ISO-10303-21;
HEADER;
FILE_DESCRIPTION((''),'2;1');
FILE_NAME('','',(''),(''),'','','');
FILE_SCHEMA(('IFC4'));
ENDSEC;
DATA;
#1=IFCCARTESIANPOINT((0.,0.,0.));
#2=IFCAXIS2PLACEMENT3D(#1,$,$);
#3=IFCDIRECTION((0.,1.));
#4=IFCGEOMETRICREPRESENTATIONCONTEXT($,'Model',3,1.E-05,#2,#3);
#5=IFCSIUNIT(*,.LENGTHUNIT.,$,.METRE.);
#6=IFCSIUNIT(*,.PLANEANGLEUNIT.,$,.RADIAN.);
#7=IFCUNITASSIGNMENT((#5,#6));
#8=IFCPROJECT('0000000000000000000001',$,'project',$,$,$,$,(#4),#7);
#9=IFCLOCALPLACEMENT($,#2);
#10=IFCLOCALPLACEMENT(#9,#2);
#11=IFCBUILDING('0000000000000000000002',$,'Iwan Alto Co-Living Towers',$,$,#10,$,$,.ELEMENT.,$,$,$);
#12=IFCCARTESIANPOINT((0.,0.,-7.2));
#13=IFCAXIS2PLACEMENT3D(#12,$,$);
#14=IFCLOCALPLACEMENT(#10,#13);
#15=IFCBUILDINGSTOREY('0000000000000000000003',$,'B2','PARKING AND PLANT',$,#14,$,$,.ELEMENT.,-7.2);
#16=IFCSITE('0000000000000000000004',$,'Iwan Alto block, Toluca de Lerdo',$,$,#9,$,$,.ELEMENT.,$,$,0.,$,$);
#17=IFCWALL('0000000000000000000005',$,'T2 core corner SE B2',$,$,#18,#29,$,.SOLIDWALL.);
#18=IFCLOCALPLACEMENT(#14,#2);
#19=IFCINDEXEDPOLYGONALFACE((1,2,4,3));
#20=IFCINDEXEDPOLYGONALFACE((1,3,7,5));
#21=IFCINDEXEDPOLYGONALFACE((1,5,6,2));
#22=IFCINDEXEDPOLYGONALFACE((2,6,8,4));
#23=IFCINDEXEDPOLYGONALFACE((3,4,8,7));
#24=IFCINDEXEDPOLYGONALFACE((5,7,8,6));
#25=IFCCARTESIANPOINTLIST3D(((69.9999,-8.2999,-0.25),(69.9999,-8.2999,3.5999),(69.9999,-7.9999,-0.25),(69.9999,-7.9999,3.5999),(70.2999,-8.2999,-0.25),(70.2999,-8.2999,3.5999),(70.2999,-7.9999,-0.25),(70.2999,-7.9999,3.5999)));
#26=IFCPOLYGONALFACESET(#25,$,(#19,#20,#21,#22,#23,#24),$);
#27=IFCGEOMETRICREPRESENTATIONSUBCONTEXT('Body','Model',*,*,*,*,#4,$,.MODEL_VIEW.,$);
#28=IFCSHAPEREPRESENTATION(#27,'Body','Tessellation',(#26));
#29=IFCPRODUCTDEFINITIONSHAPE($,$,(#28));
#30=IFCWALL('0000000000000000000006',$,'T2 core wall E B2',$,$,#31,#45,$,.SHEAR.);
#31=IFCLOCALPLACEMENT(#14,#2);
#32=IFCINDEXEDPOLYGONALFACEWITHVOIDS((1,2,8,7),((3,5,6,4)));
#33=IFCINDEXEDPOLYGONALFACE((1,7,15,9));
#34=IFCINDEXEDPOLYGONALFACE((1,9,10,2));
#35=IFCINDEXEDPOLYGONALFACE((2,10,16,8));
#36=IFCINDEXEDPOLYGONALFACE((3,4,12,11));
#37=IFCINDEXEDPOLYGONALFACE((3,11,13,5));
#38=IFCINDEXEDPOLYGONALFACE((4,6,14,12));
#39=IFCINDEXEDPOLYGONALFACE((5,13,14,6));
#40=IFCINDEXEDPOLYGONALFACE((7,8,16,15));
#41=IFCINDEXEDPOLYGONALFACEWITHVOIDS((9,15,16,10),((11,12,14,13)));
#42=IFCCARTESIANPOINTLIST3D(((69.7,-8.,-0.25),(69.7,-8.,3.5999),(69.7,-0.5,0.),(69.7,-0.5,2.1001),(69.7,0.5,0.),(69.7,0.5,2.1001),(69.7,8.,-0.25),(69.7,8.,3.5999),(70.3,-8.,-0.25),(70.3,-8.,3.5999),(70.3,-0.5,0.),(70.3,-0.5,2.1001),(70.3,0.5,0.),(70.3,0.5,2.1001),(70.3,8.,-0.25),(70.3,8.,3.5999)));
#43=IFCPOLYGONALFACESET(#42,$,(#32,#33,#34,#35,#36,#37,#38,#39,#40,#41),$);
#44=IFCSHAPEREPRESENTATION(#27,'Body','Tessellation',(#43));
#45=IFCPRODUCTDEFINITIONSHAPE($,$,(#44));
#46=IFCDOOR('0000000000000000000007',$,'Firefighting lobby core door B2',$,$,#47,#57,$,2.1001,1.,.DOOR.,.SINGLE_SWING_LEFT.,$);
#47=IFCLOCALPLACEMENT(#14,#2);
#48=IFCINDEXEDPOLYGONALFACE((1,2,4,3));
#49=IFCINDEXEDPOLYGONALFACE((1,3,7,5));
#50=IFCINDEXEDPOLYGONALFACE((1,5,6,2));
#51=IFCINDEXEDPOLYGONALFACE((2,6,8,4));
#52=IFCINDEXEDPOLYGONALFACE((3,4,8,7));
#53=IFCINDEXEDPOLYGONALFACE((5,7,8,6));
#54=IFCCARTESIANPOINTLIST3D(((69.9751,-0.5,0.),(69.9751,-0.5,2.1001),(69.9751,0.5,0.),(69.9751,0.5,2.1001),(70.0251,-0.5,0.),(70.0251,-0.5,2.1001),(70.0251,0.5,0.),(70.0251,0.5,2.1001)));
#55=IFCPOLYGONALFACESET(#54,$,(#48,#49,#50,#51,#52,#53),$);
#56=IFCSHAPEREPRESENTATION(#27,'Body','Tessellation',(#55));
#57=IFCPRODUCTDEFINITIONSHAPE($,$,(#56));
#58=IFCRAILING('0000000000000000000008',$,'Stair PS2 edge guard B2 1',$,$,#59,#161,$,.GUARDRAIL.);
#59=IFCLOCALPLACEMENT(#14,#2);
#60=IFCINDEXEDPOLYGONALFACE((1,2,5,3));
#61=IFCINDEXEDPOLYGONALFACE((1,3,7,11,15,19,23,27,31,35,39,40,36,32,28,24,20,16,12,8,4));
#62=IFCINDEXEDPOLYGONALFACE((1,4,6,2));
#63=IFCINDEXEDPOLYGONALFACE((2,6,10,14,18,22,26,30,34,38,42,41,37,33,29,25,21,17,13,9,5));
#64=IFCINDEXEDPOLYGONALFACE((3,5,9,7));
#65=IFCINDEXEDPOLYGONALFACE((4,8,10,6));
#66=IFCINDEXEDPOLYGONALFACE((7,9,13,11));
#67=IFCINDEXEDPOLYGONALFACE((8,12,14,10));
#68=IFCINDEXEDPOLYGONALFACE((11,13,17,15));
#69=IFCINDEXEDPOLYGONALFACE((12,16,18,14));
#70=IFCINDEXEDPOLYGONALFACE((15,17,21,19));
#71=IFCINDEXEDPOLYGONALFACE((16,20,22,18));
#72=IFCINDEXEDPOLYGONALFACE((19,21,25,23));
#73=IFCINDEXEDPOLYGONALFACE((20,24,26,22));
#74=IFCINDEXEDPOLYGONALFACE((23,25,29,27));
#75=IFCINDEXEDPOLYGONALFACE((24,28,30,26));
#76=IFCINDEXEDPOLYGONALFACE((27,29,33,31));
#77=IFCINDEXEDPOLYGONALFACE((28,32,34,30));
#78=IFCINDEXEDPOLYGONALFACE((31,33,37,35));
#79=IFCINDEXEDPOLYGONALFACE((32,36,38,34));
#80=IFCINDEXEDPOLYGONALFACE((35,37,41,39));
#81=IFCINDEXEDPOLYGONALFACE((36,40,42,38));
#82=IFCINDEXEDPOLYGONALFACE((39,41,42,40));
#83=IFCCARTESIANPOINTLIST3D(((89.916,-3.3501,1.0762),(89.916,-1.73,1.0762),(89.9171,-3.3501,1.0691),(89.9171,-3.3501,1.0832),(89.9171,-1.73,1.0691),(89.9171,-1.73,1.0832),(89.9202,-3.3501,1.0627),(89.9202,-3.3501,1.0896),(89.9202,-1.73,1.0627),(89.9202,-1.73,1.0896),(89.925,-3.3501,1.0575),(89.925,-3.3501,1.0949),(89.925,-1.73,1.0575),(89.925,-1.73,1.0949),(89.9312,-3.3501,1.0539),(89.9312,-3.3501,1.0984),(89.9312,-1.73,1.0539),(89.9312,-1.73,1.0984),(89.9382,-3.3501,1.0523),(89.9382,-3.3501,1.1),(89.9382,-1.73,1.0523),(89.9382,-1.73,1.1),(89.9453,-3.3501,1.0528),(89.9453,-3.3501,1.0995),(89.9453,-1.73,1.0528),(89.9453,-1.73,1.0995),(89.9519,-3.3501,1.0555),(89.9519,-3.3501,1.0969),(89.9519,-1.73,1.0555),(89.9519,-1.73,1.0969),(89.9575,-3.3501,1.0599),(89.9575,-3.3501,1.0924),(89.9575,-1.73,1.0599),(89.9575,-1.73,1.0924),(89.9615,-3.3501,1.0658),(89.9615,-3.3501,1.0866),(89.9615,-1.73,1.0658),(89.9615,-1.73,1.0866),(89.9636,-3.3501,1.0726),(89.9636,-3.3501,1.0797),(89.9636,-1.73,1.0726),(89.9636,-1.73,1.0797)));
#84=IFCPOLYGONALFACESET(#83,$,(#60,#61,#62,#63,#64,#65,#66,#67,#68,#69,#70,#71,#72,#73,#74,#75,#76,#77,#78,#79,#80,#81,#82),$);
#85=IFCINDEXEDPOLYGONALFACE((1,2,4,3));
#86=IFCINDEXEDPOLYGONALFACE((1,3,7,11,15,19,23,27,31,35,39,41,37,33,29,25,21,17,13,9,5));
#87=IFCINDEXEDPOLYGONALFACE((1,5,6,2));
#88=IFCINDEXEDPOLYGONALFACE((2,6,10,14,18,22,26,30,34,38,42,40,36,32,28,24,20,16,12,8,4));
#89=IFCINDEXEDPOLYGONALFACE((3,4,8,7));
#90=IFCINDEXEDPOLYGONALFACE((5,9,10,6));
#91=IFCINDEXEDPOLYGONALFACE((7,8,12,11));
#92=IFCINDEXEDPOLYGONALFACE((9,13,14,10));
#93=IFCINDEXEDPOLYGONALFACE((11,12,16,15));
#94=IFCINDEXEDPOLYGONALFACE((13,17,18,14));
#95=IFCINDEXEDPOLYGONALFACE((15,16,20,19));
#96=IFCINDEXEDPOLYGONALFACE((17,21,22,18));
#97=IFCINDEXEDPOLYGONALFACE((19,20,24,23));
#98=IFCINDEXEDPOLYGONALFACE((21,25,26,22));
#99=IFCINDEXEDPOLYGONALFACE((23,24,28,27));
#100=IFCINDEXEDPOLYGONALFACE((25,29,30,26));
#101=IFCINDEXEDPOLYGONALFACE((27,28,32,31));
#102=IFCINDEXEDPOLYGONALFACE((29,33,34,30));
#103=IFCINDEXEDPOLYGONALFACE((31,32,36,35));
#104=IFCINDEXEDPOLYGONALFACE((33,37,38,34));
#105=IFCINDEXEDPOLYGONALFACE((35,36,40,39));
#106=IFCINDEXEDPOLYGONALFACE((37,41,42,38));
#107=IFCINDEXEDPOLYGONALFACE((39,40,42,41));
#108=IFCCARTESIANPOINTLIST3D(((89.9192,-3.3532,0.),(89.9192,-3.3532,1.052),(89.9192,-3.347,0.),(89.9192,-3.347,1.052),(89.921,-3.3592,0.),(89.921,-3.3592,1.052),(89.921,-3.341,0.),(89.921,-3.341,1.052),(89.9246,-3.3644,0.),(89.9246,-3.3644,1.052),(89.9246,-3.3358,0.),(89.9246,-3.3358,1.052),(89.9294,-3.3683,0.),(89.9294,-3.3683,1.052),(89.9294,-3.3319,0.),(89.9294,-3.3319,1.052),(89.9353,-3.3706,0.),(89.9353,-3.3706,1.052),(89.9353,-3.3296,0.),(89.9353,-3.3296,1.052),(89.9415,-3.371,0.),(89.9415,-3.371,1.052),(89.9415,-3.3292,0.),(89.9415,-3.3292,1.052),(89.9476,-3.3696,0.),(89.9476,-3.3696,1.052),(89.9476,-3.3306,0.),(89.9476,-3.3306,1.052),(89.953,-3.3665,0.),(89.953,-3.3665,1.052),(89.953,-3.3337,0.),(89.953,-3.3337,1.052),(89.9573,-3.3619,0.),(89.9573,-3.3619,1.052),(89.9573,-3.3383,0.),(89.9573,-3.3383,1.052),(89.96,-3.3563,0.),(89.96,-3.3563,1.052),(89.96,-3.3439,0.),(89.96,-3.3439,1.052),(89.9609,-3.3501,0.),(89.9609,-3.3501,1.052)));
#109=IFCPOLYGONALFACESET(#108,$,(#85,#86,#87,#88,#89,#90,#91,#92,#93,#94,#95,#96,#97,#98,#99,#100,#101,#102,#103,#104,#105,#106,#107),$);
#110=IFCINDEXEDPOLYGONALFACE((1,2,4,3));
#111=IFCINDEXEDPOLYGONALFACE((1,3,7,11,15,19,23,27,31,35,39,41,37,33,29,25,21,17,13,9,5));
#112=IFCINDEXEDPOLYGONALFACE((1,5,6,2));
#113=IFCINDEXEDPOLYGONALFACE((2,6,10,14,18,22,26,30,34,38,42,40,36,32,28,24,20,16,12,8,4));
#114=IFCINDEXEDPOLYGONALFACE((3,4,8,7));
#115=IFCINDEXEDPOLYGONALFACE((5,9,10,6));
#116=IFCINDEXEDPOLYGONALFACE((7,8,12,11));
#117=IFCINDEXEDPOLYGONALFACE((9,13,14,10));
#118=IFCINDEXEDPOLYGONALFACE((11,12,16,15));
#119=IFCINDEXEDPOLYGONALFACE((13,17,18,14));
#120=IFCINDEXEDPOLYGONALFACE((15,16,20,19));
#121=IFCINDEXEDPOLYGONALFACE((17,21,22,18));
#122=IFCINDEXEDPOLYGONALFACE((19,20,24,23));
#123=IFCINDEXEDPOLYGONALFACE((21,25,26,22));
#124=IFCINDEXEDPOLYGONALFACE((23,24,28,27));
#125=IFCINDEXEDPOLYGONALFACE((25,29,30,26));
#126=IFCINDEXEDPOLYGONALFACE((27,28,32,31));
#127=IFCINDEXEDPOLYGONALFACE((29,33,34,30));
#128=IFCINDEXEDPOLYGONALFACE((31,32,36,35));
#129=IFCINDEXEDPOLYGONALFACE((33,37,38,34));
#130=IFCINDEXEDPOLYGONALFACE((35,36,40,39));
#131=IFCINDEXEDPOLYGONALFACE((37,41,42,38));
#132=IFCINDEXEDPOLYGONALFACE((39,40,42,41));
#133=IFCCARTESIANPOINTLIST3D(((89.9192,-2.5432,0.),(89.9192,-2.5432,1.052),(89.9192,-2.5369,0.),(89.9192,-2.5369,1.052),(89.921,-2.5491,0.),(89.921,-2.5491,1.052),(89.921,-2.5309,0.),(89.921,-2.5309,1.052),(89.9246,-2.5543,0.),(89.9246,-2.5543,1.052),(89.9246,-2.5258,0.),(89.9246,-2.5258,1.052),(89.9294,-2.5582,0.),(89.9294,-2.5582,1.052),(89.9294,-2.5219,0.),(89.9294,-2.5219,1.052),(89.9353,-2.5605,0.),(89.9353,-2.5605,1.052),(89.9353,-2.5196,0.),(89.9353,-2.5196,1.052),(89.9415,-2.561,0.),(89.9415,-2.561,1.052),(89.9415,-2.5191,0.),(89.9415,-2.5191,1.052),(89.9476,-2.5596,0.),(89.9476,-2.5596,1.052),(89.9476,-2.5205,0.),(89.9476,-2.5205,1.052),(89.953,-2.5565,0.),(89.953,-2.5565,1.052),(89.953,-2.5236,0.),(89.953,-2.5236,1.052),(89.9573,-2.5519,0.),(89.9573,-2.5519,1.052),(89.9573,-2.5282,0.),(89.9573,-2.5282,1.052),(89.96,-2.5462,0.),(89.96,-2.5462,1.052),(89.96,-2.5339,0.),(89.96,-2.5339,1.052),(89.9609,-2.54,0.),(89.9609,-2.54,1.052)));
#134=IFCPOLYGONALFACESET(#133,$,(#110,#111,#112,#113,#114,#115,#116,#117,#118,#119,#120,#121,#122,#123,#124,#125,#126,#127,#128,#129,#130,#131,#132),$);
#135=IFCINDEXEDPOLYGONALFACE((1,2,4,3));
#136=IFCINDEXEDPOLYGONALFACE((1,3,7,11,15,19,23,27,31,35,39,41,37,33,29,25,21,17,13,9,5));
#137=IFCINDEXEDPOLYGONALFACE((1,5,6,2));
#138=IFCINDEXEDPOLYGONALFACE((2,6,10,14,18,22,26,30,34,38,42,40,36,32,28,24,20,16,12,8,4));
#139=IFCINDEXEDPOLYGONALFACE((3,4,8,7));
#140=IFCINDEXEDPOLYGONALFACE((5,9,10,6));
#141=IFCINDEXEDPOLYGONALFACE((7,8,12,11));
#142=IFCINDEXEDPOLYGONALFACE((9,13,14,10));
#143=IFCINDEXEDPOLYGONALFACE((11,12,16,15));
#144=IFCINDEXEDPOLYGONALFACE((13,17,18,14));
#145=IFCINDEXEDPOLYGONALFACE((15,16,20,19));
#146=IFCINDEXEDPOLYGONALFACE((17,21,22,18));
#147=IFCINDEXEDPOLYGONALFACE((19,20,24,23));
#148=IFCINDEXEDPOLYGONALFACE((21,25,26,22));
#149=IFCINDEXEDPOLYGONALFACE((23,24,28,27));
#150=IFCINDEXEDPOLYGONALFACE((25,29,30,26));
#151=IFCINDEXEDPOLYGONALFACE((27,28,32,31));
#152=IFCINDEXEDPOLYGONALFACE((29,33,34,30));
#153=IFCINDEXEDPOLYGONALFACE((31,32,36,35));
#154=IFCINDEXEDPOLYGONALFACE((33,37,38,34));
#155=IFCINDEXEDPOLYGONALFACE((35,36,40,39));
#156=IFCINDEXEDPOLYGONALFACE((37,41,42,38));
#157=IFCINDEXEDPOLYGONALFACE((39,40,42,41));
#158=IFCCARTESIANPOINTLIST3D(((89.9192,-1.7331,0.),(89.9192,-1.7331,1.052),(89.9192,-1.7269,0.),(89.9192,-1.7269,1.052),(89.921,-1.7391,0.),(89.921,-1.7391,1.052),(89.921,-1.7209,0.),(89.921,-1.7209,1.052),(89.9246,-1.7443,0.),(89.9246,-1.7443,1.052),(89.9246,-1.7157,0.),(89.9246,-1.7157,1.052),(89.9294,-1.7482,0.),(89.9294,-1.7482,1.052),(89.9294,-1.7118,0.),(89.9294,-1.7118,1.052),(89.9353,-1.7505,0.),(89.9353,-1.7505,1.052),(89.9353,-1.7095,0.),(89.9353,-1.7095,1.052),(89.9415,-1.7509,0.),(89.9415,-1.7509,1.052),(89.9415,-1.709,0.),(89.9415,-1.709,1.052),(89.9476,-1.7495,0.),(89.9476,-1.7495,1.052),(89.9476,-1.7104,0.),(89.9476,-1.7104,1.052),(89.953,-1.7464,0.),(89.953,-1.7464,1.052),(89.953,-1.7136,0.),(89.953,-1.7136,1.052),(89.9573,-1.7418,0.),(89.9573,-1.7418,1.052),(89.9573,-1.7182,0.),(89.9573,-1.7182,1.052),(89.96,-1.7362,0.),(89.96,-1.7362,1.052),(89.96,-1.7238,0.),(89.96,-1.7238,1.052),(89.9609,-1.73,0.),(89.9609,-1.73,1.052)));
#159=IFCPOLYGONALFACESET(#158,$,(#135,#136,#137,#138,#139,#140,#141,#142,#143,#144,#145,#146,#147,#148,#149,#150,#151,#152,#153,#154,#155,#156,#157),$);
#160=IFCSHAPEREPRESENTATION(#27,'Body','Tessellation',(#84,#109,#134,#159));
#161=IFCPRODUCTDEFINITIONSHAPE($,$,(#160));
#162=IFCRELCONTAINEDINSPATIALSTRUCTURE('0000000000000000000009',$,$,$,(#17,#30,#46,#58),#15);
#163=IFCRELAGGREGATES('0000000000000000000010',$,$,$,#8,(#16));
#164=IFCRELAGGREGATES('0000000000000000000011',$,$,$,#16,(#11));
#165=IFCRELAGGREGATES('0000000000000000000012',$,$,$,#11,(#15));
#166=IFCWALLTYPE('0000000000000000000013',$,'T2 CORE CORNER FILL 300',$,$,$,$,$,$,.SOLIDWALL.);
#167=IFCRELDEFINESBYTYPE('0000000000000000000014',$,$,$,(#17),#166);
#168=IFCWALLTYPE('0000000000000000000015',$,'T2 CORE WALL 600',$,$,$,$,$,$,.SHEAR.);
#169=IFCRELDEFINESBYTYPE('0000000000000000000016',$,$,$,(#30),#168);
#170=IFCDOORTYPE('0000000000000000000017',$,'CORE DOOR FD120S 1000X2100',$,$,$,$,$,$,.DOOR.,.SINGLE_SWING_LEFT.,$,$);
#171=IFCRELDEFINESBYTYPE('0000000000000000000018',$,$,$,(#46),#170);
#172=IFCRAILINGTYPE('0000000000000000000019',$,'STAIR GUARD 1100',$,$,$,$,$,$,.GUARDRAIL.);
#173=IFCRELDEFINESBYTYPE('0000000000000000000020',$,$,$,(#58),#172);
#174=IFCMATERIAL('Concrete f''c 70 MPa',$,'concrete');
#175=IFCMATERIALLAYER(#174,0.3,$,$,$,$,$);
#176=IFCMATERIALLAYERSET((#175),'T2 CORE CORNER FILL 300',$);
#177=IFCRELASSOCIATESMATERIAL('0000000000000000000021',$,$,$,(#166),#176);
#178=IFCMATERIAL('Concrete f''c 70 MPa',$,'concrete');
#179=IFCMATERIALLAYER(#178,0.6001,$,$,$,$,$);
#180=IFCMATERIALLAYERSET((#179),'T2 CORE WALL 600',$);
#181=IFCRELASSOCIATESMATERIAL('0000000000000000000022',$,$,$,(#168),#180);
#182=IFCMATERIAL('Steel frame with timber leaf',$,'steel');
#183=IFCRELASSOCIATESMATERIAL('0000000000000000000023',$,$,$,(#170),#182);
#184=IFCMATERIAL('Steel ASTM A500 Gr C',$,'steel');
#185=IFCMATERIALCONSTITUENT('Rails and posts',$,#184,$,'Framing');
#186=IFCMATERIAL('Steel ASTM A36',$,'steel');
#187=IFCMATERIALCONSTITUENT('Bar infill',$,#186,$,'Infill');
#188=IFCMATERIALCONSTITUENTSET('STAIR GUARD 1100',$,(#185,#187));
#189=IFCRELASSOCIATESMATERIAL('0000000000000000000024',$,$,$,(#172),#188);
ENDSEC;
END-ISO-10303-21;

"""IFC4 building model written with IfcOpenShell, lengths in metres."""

from ifc_helpers import new_model, si_unit, direction, frame, frame_2d, origin, origin_2d, place, context, subcontext, project, spatial, rectangle, circle, extrude, material, layer, layer_set, constituent, constituent_set, type_object, element, fill, save


model = new_model("IFC4")

# Units and contexts
model_context = context("Model", 3, precision=1e-05, world=origin(), true_north=direction((0.0, 1.0)))
body_context = subcontext(model_context, "Body", "Model", "MODEL_VIEW")
ifc_project = project(units=[si_unit("LENGTHUNIT", "METRE"), si_unit("PLANEANGLEUNIT", "RADIAN")], contexts=[model_context])

# Site, building, storey
site_placement = place(None, origin())
site = spatial("IfcSite", under=ifc_project, at=site_placement, Name="Iwan Alto block, Toluca de Lerdo", CompositionType="ELEMENT", RefElevation=0.0)
building_placement = place(site_placement, origin())
building = spatial("IfcBuilding", under=site, at=building_placement, Name="Iwan Alto Co-Living Towers", CompositionType="ELEMENT")
storey_placement = place(building_placement, frame((0.0, 0.0, -7.2)))
storey = spatial("IfcBuildingStorey", under=building, at=storey_placement, Name="B2", Description="PARKING AND PLANT", CompositionType="ELEMENT", Elevation=-7.2)

# Wall
ifc_material_1 = material(Name="Concrete f'c 70 MPa", Category="concrete")
ifc_layer_1 = layer(ifc_material_1, 0.3)
ifc_layer_set_1 = layer_set([ifc_layer_1], Name="T2 CORE CORNER FILL 300")
wall_type_1 = type_object("IfcWallType", Name="T2 CORE CORNER FILL 300", PredefinedType="SOLIDWALL", material=ifc_layer_set_1)
wall_1_placement = place(storey_placement, frame((70.0, -8.1499, -0.25), z_axis=(0.0, 0.0, 1.0), x_axis=(1.0, 0.0, 0.0)))
element("IfcWall", 1, at=wall_1_placement, inside=storey, type_object=wall_type_1, Name="T2 core corner SE B2", PredefinedType="SOLIDWALL", context=body_context, shape_type="SweptSolid", body=[
    extrude(rectangle(XDim=0.3, YDim=0.3, at=frame_2d((0.1499, 0.0))), origin(), (0.0, 0.0, 1.0), 3.8499),
])

# Wall, opening, door
ifc_material_2 = material(Name="Concrete f'c 70 MPa", Category="concrete")
ifc_layer_2 = layer(ifc_material_2, 0.6001)
ifc_layer_set_2 = layer_set([ifc_layer_2], Name="T2 CORE WALL 600")
wall_type_2 = type_object("IfcWallType", Name="T2 CORE WALL 600", PredefinedType="SHEAR", material=ifc_layer_set_2)
wall_2_placement = place(storey_placement, frame((70.0, -8.0, -0.25), z_axis=(0.0, 0.0, 1.0), x_axis=(0.0, 1.0, 0.0)))
wall_2 = element("IfcWall", 2, at=wall_2_placement, inside=storey, type_object=wall_type_2, Name="T2 core wall E B2", PredefinedType="SHEAR", context=body_context, shape_type="SweptSolid", body=[
    extrude(rectangle(XDim=16.0, YDim=0.6001, at=frame_2d((8.0, 0.0))), origin(), (0.0, 0.0, 1.0), 3.8499),
])
opening_1_placement = place(wall_2_placement, frame((7.5, 0.0, 0.25)))
opening_1 = element("IfcOpeningElement", 3, at=opening_1_placement, cuts=wall_2, PredefinedType="OPENING", context=body_context, shape_type="SweptSolid", body=[
    extrude(rectangle(XDim=1.0, YDim=2.1001, at=frame_2d((0.5, 1.05))), frame((0.0, 0.3101, 0.0), z_axis=(0.0, -1.0, 0.0), x_axis=(1.0, 0.0, 0.0)), (0.0, 0.0, 1.0), 0.6201),
])
ifc_material_3 = material(Name="Steel frame with timber leaf", Category="steel")
door_type_1 = type_object("IfcDoorType", Name="CORE DOOR FD120S 1000X2100", OperationType="SINGLE_SWING_LEFT", PredefinedType="DOOR", material=ifc_material_3)
door_1_placement = place(opening_1_placement, origin())
door_1 = element("IfcDoor", 4, at=door_1_placement, inside=storey, type_object=door_type_1, Name="Firefighting lobby core door B2", OperationType="SINGLE_SWING_LEFT", OverallHeight=2.1001, OverallWidth=1.0, PredefinedType="DOOR", context=body_context, shape_type="SweptSolid", body=[
    extrude(rectangle(XDim=1.0, YDim=2.1001, at=frame_2d((0.5, 1.05))), frame((0.0, 0.0249, 0.0), z_axis=(0.0, -1.0, 0.0), x_axis=(1.0, 0.0, 0.0)), (0.0, 0.0, 1.0), 0.05),
])
fill(opening_1, door_1)

# Railing
ifc_material_4 = material(Name="Steel ASTM A500 Gr C", Category="steel")
ifc_constituent_1 = constituent(ifc_material_4, Name="Rails and posts", Category="Framing")
ifc_material_5 = material(Name="Steel ASTM A36", Category="steel")
ifc_constituent_2 = constituent(ifc_material_5, Name="Bar infill", Category="Infill")
ifc_constituent_set = constituent_set(constituents=[ifc_constituent_1, ifc_constituent_2], Name="STAIR GUARD 1100")
railing_type_1 = type_object("IfcRailingType", Name="STAIR GUARD 1100", PredefinedType="GUARDRAIL", material=ifc_constituent_set)
railing_1_placement = place(storey_placement, frame((89.9399, -3.3501, 0.0)))
element("IfcRailing", 5, at=railing_1_placement, inside=storey, type_object=railing_type_1, Name="Stair PS2 edge guard B2 1", PredefinedType="GUARDRAIL", context=body_context, shape_type="SweptSolid", body=[
    extrude(circle(Radius=0.0239, at=origin_2d()), frame((0.0, 0.0, 1.0762), z_axis=(0.0, 1.0, 0.0), x_axis=(-1.0, 0.0, 0.0)), (0.0, 0.0, 1.0), 1.6201),
    extrude(circle(Radius=0.021, at=origin_2d()), origin(), (0.0, 0.0, 1.0), 1.052),
    extrude(circle(Radius=0.021, at=origin_2d()), frame((0.0, 0.8101, 0.0)), (0.0, 0.0, 1.0), 1.052),
    extrude(circle(Radius=0.021, at=origin_2d()), frame((0.0, 1.6201, 0.0)), (0.0, 0.0, 1.0), 1.052),
])

save(model, "model.ifc")
